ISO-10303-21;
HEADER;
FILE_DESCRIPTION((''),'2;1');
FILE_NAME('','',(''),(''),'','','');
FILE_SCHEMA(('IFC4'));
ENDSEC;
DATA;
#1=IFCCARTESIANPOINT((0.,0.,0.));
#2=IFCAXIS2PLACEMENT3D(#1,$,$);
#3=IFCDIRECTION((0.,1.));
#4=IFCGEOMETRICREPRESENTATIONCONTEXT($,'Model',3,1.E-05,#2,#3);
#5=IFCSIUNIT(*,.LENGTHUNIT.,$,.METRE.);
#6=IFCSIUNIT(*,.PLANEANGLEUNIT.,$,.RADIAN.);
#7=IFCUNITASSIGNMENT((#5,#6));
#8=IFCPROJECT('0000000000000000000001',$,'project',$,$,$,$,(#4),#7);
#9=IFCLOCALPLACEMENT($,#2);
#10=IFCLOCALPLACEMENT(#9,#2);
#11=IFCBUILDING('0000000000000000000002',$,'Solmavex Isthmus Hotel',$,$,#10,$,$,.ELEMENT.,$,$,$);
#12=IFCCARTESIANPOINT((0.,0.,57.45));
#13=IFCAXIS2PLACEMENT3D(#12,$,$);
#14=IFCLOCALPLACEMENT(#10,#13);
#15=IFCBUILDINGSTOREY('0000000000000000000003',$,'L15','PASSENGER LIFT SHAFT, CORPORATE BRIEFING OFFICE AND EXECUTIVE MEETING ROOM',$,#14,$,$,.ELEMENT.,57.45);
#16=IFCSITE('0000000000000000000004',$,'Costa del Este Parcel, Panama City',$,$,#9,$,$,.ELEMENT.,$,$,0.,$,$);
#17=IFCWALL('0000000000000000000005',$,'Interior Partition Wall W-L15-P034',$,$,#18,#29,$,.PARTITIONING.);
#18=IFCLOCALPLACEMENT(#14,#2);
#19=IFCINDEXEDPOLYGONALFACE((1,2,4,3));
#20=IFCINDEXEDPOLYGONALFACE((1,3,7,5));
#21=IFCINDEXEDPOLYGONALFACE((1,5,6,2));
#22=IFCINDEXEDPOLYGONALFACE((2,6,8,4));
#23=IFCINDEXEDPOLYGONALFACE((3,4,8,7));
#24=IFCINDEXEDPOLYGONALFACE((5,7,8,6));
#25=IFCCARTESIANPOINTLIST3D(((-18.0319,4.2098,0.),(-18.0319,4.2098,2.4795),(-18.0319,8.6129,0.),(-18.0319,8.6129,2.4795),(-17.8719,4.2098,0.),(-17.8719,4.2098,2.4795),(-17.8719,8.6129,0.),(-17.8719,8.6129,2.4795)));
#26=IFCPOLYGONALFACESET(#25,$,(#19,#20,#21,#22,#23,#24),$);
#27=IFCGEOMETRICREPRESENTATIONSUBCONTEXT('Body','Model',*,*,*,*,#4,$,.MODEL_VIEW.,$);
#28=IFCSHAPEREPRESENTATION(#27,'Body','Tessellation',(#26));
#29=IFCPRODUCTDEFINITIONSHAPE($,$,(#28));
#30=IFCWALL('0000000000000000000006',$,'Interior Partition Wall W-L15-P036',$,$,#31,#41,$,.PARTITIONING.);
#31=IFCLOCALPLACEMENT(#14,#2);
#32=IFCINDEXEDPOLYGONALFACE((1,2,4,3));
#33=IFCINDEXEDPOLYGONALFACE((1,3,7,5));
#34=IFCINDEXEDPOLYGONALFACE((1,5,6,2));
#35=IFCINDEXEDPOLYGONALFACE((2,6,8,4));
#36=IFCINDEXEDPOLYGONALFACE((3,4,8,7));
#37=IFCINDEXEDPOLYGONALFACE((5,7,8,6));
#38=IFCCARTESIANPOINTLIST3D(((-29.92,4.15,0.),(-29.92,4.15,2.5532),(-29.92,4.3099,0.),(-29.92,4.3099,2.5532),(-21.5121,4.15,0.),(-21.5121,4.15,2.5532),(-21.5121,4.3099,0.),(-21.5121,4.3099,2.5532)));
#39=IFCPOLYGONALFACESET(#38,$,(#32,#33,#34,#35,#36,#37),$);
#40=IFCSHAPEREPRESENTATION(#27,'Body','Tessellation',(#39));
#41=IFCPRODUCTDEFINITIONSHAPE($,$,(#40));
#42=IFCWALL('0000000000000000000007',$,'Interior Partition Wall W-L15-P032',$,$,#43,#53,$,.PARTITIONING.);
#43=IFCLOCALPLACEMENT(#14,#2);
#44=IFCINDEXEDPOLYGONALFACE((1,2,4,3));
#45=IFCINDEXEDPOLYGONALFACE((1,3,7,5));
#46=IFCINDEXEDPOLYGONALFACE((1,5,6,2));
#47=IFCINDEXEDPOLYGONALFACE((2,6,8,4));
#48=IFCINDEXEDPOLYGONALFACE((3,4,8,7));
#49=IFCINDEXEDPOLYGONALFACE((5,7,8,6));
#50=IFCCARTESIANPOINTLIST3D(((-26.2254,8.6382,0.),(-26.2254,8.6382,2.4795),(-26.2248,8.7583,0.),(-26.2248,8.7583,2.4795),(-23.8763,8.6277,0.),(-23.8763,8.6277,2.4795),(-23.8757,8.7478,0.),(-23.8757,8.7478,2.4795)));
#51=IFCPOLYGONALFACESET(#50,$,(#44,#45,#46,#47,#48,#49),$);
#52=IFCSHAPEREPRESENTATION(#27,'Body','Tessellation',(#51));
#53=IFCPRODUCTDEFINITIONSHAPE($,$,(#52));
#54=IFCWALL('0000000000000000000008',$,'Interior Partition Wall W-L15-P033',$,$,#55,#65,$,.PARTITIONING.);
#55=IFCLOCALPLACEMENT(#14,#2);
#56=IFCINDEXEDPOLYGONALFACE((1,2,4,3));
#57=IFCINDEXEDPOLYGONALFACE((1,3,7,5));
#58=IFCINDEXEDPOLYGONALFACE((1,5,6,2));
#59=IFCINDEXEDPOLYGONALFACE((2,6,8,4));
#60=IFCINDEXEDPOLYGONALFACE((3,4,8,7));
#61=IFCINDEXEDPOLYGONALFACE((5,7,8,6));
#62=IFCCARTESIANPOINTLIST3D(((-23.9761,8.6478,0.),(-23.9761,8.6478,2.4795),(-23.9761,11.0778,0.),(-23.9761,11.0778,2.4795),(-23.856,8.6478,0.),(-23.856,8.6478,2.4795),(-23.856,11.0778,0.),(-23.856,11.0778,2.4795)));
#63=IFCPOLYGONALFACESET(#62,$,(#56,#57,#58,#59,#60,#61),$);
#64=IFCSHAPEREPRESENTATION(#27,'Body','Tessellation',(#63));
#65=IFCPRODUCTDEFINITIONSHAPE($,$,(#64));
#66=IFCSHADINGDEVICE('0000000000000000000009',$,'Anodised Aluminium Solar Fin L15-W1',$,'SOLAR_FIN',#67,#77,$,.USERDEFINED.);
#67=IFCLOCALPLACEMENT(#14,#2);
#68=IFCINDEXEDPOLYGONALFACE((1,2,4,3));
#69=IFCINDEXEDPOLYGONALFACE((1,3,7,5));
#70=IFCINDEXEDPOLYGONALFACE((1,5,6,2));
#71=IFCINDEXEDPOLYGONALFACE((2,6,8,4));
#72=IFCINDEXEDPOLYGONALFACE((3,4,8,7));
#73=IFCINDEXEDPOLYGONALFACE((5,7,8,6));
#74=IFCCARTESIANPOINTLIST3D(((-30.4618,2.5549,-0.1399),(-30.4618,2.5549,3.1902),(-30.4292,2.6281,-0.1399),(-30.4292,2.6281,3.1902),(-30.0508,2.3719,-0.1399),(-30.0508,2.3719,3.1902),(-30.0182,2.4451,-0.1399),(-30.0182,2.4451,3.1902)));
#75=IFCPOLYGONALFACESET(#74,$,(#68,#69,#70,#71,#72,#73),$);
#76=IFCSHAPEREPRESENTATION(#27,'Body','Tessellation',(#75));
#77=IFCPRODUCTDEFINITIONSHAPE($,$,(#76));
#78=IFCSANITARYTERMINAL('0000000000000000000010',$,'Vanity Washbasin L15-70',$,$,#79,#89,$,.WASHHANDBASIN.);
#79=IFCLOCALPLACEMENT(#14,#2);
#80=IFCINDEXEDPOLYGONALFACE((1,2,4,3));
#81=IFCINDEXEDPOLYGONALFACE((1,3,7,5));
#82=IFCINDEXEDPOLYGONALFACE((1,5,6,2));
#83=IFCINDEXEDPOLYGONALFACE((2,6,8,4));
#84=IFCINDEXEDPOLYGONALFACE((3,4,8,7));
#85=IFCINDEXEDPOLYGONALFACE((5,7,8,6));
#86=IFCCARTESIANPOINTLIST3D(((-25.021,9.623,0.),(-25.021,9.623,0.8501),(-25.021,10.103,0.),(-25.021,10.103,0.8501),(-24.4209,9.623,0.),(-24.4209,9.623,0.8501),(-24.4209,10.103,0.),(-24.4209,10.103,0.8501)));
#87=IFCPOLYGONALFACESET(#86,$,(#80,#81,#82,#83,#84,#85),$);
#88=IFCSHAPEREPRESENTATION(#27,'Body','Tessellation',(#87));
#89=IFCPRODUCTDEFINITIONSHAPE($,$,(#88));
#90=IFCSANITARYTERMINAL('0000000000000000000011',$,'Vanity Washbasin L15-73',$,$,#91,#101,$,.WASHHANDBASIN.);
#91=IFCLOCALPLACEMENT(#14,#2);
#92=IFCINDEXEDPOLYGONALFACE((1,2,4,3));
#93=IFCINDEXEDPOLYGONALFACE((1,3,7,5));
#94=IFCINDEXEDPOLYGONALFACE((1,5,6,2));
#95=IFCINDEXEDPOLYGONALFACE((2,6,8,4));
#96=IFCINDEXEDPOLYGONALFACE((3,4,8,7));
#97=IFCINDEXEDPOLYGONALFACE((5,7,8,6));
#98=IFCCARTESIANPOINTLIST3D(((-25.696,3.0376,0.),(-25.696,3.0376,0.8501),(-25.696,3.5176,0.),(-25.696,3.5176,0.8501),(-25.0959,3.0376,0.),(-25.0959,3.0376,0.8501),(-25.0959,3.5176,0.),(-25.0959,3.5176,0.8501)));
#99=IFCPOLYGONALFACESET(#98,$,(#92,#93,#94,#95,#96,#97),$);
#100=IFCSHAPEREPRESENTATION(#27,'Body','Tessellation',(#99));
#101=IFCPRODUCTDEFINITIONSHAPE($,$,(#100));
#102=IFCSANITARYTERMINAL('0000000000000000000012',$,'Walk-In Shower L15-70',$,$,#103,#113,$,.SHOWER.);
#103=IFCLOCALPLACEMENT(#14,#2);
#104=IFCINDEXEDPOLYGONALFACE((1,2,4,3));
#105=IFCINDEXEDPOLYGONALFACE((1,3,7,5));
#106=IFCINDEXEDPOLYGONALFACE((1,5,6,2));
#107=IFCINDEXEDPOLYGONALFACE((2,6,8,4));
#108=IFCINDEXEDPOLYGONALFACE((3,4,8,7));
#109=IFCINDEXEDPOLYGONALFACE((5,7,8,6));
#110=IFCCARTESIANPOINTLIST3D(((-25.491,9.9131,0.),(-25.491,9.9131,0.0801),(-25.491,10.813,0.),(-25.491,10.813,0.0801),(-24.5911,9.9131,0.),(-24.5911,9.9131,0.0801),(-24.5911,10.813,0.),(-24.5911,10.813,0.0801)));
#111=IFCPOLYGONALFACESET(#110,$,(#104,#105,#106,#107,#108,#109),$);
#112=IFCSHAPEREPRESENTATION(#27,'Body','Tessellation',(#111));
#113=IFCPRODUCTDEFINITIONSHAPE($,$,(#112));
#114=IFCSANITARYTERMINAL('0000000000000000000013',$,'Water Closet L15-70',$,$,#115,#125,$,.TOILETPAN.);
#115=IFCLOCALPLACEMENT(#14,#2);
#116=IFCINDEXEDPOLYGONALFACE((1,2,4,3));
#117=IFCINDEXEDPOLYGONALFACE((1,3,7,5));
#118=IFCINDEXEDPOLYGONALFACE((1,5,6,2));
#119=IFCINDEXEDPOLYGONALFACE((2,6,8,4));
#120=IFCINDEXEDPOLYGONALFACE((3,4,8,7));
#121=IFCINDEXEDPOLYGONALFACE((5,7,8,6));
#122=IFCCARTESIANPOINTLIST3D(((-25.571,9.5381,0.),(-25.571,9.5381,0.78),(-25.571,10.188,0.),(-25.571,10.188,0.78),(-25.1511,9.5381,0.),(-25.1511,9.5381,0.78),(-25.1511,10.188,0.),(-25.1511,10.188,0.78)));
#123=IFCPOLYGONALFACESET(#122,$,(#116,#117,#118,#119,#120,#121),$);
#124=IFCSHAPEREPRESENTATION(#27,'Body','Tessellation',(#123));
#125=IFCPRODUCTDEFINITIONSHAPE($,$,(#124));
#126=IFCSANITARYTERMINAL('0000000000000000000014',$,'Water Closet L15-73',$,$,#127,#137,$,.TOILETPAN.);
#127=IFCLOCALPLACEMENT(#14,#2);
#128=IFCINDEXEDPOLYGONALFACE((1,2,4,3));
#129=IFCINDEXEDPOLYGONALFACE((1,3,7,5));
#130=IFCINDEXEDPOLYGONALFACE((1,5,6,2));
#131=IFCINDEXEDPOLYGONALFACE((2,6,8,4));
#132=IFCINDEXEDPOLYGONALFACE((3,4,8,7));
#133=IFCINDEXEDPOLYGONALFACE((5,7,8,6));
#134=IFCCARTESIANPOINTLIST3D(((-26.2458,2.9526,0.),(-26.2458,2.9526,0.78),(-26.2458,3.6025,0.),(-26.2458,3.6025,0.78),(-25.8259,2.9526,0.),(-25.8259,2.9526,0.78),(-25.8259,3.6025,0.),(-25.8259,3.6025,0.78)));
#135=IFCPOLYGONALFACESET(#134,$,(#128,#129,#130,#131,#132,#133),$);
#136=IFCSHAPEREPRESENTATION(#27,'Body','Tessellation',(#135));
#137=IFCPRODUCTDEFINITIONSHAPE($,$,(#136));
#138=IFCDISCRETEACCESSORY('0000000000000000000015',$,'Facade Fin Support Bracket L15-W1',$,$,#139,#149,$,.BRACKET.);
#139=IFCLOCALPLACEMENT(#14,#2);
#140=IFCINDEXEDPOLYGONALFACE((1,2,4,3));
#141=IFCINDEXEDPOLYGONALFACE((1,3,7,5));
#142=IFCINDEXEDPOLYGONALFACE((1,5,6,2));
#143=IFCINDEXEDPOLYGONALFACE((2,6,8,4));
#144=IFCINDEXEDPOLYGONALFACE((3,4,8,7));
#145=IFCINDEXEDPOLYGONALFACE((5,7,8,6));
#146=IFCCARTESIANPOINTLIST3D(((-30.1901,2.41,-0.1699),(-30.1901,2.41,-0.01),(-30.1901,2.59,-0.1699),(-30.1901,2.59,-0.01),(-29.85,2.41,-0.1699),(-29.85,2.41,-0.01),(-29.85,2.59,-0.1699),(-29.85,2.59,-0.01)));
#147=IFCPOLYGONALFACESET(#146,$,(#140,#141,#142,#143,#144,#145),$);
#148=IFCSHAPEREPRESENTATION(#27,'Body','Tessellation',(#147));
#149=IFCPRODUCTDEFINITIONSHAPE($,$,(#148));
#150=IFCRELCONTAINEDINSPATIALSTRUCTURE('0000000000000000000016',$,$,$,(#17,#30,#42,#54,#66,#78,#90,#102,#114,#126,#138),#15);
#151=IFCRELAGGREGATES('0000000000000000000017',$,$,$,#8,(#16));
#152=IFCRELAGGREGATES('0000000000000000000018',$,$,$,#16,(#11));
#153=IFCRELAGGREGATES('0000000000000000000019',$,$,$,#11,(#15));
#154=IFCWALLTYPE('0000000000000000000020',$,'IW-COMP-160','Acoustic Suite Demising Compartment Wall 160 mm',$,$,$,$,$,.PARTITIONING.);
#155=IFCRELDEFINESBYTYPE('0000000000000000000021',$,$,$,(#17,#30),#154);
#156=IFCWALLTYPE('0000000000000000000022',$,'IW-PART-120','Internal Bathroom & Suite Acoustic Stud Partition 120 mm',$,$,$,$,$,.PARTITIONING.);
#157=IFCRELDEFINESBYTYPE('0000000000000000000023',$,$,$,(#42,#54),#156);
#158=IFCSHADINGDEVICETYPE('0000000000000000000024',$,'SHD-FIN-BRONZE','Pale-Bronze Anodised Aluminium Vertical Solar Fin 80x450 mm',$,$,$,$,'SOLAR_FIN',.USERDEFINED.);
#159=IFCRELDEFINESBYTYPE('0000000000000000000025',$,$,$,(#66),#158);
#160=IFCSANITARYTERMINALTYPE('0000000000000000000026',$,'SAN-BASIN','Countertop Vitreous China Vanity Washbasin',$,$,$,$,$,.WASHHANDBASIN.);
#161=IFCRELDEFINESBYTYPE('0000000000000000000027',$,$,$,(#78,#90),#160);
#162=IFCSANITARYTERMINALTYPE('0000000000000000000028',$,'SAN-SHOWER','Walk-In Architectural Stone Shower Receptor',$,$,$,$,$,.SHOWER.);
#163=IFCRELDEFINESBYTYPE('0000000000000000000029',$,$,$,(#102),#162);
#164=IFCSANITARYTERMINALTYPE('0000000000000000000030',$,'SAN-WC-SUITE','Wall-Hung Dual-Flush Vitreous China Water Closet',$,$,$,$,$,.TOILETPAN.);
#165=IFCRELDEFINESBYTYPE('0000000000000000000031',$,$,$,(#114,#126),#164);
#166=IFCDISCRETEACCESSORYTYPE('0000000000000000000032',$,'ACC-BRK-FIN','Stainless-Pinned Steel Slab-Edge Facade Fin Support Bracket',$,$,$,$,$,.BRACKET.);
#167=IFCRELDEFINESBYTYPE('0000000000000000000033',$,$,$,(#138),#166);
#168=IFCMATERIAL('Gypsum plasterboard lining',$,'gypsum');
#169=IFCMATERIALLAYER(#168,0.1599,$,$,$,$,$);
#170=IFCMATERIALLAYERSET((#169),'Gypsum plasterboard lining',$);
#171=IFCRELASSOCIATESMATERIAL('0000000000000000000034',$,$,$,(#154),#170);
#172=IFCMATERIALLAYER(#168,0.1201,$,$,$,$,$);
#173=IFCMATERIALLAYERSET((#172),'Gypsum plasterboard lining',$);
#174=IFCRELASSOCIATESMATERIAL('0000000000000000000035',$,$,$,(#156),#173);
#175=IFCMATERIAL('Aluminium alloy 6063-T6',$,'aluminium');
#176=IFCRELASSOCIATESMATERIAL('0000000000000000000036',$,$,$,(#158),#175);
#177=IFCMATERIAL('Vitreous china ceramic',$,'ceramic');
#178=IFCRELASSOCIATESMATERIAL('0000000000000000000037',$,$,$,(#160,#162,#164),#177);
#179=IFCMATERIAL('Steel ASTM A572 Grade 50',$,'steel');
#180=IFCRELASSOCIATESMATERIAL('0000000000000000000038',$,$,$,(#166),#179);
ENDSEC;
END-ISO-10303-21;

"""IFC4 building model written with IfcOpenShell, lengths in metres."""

from ifc_helpers import new_model, si_unit, direction, frame, frame_2d, origin, origin_2d, place, context, subcontext, project, spatial, rectangle, extrude, material, layer, layer_set, type_object, element, save


model = new_model("IFC4")

# Units and contexts
model_context = context("Model", 3, precision=1e-05, world=origin(), true_north=direction((0.0, 1.0)))
body_context = subcontext(model_context, "Body", "Model", "MODEL_VIEW")
ifc_project = project(units=[si_unit("LENGTHUNIT", "METRE"), si_unit("PLANEANGLEUNIT", "RADIAN")], contexts=[model_context])

# Site, building, storey
site_placement = place(None, origin())
site = spatial("IfcSite", under=ifc_project, at=site_placement, Name="Costa del Este Parcel, Panama City", CompositionType="ELEMENT", RefElevation=0.0)
building_placement = place(site_placement, origin())
building = spatial("IfcBuilding", under=site, at=building_placement, Name="Solmavex Isthmus Hotel", CompositionType="ELEMENT")
storey_placement = place(building_placement, frame((0.0, 0.0, 57.45)))
storey = spatial("IfcBuildingStorey", under=building, at=storey_placement, Name="L15", Description="PASSENGER LIFT SHAFT, CORPORATE BRIEFING OFFICE AND EXECUTIVE MEETING ROOM", CompositionType="ELEMENT", Elevation=57.45)

# Shared definitions
ifc_material_1 = material(Name="Aluminium alloy 6063-T6", Category="aluminium")

# Shared definitions
ifc_material_2 = material(Name="Gypsum plasterboard lining", Category="gypsum")
ifc_layer_1 = layer(ifc_material_2, 0.1599)
ifc_layer_set_1 = layer_set([ifc_layer_1], Name="Gypsum plasterboard lining")
wall_type_1 = type_object("IfcWallType", Name="IW-COMP-160", Description="Acoustic Suite Demising Compartment Wall 160 mm", PredefinedType="PARTITIONING", material=ifc_layer_set_1)

# Walls
wall_1_placement = place(storey_placement, frame((-17.9519, 8.613, 0.0), z_axis=(0.0, 0.0, 1.0), x_axis=(0.0, -1.0, 0.0)))
element("IfcWall", 1, at=wall_1_placement, inside=storey, type_object=wall_type_1, Name="Interior Partition Wall W-L15-P034", PredefinedType="PARTITIONING", context=body_context, shape_type="SweptSolid", body=[
    extrude(rectangle(XDim=4.4031, YDim=0.1599, at=frame_2d((2.2017, 0.0))), origin(), (0.0, 0.0, 1.0), 2.4795),
])
wall_2_placement = place(storey_placement, frame((-21.512, 4.23, 0.0), z_axis=(0.0, 0.0, 1.0), x_axis=(-1.0, 0.0, 0.0)))
element("IfcWall", 2, at=wall_2_placement, inside=storey, type_object=wall_type_1, Name="Interior Partition Wall W-L15-P036", PredefinedType="PARTITIONING", context=body_context, shape_type="SweptSolid", body=[
    extrude(rectangle(XDim=8.408, YDim=0.1599, at=frame_2d((4.2041, 0.0))), origin(), (0.0, 0.0, 1.0), 2.5532),
])

# Walls
ifc_layer_2 = layer(ifc_material_2, 0.1201)
ifc_layer_set_2 = layer_set([ifc_layer_2], Name="Gypsum plasterboard lining")
wall_type_2 = type_object("IfcWallType", Name="IW-PART-120", Description="Internal Bathroom & Suite Acoustic Stud Partition 120 mm", PredefinedType="PARTITIONING", material=ifc_layer_set_2)
wall_3_placement = place(storey_placement, frame((-26.2251, 8.6982, 0.0), z_axis=(0.0, 0.0, 1.0), x_axis=(0.99999, -0.004469, 0.0)))
element("IfcWall", 3, at=wall_3_placement, inside=storey, type_object=wall_type_2, Name="Interior Partition Wall W-L15-P032", PredefinedType="PARTITIONING", context=body_context, shape_type="SweptSolid", body=[
    extrude(rectangle(XDim=2.3491, YDim=0.1201, at=frame_2d((1.1746, 0.0))), origin(), (0.0, 0.0, 1.0), 2.4795),
])
wall_4_placement = place(storey_placement, frame((-23.916, 8.6479, 0.0), z_axis=(0.0, 0.0, 1.0), x_axis=(0.0, 1.0, 0.0)))
element("IfcWall", 4, at=wall_4_placement, inside=storey, type_object=wall_type_2, Name="Interior Partition Wall W-L15-P033", PredefinedType="PARTITIONING", context=body_context, shape_type="SweptSolid", body=[
    extrude(rectangle(XDim=2.4299, YDim=0.1201, at=frame_2d((1.2148, 0.0))), origin(), (0.0, 0.0, 1.0), 2.4795),
])

# Shading device
shading_device_type = type_object("IfcShadingDeviceType", Name="SHD-FIN-BRONZE", Description="Pale-Bronze Anodised Aluminium Vertical Solar Fin 80x450 mm", ElementType="SOLAR_FIN", PredefinedType="USERDEFINED", material=ifc_material_1)
shading_device_placement = place(storey_placement, frame((-30.24, 2.5, -0.1399), z_axis=(0.0, 0.0, 1.0), x_axis=(-0.913545, 0.406737, 0.0)))
element("IfcShadingDevice", 5, at=shading_device_placement, inside=storey, type_object=shading_device_type, Name="Anodised Aluminium Solar Fin L15-W1", ObjectType="SOLAR_FIN", PredefinedType="USERDEFINED", context=body_context, shape_type="SweptSolid", body=[
    extrude(rectangle(XDim=0.45, YDim=0.0801, at=origin_2d()), origin(), (0.0, 0.0, 1.0), 3.3301),
])

# Sanitary terminals
ifc_material_3 = material(Name="Vitreous china ceramic", Category="ceramic")
sanitary_terminal_type_1 = type_object("IfcSanitaryTerminalType", Name="SAN-BASIN", Description="Countertop Vitreous China Vanity Washbasin", PredefinedType="WASHHANDBASIN", material=ifc_material_3)
for number, where, z_axis, x_axis, name in (
    (6, (-24.7209, 9.863, 0.0), (0.0, 0.0, 1.0), (1.0, 0.0, 0.0), "Vanity Washbasin L15-70"),
    (7, (-25.396, 3.2776, 0.0), (0.0, 0.0, 1.0), (1.0, 0.0, 0.0), "Vanity Washbasin L15-73"),
):
    element("IfcSanitaryTerminal", number, at=place(storey_placement, frame(where, z_axis=z_axis, x_axis=x_axis)), inside=storey, type_object=sanitary_terminal_type_1, Name=name, PredefinedType="WASHHANDBASIN", context=body_context, shape_type="SweptSolid", body=[
        extrude(rectangle(XDim=0.6001, YDim=0.48, at=origin_2d()), origin(), (0.0, 0.0, 1.0), 0.8501),
    ])
sanitary_terminal_type_2 = type_object("IfcSanitaryTerminalType", Name="SAN-SHOWER", Description="Walk-In Architectural Stone Shower Receptor", PredefinedType="SHOWER", material=ifc_material_3)
sanitary_terminal_placement = place(storey_placement, frame((-25.041, 10.363, 0.0), z_axis=(0.0, 0.0, 1.0), x_axis=(1.0, 0.0, 0.0)))
element("IfcSanitaryTerminal", 8, at=sanitary_terminal_placement, inside=storey, type_object=sanitary_terminal_type_2, Name="Walk-In Shower L15-70", PredefinedType="SHOWER", context=body_context, shape_type="SweptSolid", body=[
    extrude(rectangle(XDim=0.8999, YDim=0.8999, at=origin_2d()), origin(), (0.0, 0.0, 1.0), 0.0801),
])
sanitary_terminal_type_3 = type_object("IfcSanitaryTerminalType", Name="SAN-WC-SUITE", Description="Wall-Hung Dual-Flush Vitreous China Water Closet", PredefinedType="TOILETPAN", material=ifc_material_3)
for number, where, z_axis, x_axis, name in (
    (9, (-25.3611, 9.863, 0.0), (0.0, 0.0, 1.0), (1.0, 0.0, 0.0), "Water Closet L15-70"),
    (10, (-26.0359, 3.2776, 0.0), (0.0, 0.0, 1.0), (1.0, 0.0, 0.0), "Water Closet L15-73"),
):
    element("IfcSanitaryTerminal", number, at=place(storey_placement, frame(where, z_axis=z_axis, x_axis=x_axis)), inside=storey, type_object=sanitary_terminal_type_3, Name=name, PredefinedType="TOILETPAN", context=body_context, shape_type="SweptSolid", body=[
        extrude(rectangle(XDim=0.4199, YDim=0.6499, at=origin_2d()), origin(), (0.0, 0.0, 1.0), 0.78),
    ])

# Discrete accessory
ifc_material_4 = material(Name="Steel ASTM A572 Grade 50", Category="steel")
discrete_accessory_type = type_object("IfcDiscreteAccessoryType", Name="ACC-BRK-FIN", Description="Stainless-Pinned Steel Slab-Edge Facade Fin Support Bracket", PredefinedType="BRACKET", material=ifc_material_4)
discrete_accessory_placement = place(storey_placement, frame((-30.02, 2.5, -0.1699), z_axis=(0.0, 0.0, 1.0), x_axis=(-1.0, 0.0, 0.0)))
element("IfcDiscreteAccessory", 11, at=discrete_accessory_placement, inside=storey, type_object=discrete_accessory_type, Name="Facade Fin Support Bracket L15-W1", PredefinedType="BRACKET", context=body_context, shape_type="SweptSolid", body=[
    extrude(rectangle(XDim=0.3401, YDim=0.1799, at=origin_2d()), origin(), (0.0, 0.0, 1.0), 0.1599),
])

save(model, "model.ifc")
